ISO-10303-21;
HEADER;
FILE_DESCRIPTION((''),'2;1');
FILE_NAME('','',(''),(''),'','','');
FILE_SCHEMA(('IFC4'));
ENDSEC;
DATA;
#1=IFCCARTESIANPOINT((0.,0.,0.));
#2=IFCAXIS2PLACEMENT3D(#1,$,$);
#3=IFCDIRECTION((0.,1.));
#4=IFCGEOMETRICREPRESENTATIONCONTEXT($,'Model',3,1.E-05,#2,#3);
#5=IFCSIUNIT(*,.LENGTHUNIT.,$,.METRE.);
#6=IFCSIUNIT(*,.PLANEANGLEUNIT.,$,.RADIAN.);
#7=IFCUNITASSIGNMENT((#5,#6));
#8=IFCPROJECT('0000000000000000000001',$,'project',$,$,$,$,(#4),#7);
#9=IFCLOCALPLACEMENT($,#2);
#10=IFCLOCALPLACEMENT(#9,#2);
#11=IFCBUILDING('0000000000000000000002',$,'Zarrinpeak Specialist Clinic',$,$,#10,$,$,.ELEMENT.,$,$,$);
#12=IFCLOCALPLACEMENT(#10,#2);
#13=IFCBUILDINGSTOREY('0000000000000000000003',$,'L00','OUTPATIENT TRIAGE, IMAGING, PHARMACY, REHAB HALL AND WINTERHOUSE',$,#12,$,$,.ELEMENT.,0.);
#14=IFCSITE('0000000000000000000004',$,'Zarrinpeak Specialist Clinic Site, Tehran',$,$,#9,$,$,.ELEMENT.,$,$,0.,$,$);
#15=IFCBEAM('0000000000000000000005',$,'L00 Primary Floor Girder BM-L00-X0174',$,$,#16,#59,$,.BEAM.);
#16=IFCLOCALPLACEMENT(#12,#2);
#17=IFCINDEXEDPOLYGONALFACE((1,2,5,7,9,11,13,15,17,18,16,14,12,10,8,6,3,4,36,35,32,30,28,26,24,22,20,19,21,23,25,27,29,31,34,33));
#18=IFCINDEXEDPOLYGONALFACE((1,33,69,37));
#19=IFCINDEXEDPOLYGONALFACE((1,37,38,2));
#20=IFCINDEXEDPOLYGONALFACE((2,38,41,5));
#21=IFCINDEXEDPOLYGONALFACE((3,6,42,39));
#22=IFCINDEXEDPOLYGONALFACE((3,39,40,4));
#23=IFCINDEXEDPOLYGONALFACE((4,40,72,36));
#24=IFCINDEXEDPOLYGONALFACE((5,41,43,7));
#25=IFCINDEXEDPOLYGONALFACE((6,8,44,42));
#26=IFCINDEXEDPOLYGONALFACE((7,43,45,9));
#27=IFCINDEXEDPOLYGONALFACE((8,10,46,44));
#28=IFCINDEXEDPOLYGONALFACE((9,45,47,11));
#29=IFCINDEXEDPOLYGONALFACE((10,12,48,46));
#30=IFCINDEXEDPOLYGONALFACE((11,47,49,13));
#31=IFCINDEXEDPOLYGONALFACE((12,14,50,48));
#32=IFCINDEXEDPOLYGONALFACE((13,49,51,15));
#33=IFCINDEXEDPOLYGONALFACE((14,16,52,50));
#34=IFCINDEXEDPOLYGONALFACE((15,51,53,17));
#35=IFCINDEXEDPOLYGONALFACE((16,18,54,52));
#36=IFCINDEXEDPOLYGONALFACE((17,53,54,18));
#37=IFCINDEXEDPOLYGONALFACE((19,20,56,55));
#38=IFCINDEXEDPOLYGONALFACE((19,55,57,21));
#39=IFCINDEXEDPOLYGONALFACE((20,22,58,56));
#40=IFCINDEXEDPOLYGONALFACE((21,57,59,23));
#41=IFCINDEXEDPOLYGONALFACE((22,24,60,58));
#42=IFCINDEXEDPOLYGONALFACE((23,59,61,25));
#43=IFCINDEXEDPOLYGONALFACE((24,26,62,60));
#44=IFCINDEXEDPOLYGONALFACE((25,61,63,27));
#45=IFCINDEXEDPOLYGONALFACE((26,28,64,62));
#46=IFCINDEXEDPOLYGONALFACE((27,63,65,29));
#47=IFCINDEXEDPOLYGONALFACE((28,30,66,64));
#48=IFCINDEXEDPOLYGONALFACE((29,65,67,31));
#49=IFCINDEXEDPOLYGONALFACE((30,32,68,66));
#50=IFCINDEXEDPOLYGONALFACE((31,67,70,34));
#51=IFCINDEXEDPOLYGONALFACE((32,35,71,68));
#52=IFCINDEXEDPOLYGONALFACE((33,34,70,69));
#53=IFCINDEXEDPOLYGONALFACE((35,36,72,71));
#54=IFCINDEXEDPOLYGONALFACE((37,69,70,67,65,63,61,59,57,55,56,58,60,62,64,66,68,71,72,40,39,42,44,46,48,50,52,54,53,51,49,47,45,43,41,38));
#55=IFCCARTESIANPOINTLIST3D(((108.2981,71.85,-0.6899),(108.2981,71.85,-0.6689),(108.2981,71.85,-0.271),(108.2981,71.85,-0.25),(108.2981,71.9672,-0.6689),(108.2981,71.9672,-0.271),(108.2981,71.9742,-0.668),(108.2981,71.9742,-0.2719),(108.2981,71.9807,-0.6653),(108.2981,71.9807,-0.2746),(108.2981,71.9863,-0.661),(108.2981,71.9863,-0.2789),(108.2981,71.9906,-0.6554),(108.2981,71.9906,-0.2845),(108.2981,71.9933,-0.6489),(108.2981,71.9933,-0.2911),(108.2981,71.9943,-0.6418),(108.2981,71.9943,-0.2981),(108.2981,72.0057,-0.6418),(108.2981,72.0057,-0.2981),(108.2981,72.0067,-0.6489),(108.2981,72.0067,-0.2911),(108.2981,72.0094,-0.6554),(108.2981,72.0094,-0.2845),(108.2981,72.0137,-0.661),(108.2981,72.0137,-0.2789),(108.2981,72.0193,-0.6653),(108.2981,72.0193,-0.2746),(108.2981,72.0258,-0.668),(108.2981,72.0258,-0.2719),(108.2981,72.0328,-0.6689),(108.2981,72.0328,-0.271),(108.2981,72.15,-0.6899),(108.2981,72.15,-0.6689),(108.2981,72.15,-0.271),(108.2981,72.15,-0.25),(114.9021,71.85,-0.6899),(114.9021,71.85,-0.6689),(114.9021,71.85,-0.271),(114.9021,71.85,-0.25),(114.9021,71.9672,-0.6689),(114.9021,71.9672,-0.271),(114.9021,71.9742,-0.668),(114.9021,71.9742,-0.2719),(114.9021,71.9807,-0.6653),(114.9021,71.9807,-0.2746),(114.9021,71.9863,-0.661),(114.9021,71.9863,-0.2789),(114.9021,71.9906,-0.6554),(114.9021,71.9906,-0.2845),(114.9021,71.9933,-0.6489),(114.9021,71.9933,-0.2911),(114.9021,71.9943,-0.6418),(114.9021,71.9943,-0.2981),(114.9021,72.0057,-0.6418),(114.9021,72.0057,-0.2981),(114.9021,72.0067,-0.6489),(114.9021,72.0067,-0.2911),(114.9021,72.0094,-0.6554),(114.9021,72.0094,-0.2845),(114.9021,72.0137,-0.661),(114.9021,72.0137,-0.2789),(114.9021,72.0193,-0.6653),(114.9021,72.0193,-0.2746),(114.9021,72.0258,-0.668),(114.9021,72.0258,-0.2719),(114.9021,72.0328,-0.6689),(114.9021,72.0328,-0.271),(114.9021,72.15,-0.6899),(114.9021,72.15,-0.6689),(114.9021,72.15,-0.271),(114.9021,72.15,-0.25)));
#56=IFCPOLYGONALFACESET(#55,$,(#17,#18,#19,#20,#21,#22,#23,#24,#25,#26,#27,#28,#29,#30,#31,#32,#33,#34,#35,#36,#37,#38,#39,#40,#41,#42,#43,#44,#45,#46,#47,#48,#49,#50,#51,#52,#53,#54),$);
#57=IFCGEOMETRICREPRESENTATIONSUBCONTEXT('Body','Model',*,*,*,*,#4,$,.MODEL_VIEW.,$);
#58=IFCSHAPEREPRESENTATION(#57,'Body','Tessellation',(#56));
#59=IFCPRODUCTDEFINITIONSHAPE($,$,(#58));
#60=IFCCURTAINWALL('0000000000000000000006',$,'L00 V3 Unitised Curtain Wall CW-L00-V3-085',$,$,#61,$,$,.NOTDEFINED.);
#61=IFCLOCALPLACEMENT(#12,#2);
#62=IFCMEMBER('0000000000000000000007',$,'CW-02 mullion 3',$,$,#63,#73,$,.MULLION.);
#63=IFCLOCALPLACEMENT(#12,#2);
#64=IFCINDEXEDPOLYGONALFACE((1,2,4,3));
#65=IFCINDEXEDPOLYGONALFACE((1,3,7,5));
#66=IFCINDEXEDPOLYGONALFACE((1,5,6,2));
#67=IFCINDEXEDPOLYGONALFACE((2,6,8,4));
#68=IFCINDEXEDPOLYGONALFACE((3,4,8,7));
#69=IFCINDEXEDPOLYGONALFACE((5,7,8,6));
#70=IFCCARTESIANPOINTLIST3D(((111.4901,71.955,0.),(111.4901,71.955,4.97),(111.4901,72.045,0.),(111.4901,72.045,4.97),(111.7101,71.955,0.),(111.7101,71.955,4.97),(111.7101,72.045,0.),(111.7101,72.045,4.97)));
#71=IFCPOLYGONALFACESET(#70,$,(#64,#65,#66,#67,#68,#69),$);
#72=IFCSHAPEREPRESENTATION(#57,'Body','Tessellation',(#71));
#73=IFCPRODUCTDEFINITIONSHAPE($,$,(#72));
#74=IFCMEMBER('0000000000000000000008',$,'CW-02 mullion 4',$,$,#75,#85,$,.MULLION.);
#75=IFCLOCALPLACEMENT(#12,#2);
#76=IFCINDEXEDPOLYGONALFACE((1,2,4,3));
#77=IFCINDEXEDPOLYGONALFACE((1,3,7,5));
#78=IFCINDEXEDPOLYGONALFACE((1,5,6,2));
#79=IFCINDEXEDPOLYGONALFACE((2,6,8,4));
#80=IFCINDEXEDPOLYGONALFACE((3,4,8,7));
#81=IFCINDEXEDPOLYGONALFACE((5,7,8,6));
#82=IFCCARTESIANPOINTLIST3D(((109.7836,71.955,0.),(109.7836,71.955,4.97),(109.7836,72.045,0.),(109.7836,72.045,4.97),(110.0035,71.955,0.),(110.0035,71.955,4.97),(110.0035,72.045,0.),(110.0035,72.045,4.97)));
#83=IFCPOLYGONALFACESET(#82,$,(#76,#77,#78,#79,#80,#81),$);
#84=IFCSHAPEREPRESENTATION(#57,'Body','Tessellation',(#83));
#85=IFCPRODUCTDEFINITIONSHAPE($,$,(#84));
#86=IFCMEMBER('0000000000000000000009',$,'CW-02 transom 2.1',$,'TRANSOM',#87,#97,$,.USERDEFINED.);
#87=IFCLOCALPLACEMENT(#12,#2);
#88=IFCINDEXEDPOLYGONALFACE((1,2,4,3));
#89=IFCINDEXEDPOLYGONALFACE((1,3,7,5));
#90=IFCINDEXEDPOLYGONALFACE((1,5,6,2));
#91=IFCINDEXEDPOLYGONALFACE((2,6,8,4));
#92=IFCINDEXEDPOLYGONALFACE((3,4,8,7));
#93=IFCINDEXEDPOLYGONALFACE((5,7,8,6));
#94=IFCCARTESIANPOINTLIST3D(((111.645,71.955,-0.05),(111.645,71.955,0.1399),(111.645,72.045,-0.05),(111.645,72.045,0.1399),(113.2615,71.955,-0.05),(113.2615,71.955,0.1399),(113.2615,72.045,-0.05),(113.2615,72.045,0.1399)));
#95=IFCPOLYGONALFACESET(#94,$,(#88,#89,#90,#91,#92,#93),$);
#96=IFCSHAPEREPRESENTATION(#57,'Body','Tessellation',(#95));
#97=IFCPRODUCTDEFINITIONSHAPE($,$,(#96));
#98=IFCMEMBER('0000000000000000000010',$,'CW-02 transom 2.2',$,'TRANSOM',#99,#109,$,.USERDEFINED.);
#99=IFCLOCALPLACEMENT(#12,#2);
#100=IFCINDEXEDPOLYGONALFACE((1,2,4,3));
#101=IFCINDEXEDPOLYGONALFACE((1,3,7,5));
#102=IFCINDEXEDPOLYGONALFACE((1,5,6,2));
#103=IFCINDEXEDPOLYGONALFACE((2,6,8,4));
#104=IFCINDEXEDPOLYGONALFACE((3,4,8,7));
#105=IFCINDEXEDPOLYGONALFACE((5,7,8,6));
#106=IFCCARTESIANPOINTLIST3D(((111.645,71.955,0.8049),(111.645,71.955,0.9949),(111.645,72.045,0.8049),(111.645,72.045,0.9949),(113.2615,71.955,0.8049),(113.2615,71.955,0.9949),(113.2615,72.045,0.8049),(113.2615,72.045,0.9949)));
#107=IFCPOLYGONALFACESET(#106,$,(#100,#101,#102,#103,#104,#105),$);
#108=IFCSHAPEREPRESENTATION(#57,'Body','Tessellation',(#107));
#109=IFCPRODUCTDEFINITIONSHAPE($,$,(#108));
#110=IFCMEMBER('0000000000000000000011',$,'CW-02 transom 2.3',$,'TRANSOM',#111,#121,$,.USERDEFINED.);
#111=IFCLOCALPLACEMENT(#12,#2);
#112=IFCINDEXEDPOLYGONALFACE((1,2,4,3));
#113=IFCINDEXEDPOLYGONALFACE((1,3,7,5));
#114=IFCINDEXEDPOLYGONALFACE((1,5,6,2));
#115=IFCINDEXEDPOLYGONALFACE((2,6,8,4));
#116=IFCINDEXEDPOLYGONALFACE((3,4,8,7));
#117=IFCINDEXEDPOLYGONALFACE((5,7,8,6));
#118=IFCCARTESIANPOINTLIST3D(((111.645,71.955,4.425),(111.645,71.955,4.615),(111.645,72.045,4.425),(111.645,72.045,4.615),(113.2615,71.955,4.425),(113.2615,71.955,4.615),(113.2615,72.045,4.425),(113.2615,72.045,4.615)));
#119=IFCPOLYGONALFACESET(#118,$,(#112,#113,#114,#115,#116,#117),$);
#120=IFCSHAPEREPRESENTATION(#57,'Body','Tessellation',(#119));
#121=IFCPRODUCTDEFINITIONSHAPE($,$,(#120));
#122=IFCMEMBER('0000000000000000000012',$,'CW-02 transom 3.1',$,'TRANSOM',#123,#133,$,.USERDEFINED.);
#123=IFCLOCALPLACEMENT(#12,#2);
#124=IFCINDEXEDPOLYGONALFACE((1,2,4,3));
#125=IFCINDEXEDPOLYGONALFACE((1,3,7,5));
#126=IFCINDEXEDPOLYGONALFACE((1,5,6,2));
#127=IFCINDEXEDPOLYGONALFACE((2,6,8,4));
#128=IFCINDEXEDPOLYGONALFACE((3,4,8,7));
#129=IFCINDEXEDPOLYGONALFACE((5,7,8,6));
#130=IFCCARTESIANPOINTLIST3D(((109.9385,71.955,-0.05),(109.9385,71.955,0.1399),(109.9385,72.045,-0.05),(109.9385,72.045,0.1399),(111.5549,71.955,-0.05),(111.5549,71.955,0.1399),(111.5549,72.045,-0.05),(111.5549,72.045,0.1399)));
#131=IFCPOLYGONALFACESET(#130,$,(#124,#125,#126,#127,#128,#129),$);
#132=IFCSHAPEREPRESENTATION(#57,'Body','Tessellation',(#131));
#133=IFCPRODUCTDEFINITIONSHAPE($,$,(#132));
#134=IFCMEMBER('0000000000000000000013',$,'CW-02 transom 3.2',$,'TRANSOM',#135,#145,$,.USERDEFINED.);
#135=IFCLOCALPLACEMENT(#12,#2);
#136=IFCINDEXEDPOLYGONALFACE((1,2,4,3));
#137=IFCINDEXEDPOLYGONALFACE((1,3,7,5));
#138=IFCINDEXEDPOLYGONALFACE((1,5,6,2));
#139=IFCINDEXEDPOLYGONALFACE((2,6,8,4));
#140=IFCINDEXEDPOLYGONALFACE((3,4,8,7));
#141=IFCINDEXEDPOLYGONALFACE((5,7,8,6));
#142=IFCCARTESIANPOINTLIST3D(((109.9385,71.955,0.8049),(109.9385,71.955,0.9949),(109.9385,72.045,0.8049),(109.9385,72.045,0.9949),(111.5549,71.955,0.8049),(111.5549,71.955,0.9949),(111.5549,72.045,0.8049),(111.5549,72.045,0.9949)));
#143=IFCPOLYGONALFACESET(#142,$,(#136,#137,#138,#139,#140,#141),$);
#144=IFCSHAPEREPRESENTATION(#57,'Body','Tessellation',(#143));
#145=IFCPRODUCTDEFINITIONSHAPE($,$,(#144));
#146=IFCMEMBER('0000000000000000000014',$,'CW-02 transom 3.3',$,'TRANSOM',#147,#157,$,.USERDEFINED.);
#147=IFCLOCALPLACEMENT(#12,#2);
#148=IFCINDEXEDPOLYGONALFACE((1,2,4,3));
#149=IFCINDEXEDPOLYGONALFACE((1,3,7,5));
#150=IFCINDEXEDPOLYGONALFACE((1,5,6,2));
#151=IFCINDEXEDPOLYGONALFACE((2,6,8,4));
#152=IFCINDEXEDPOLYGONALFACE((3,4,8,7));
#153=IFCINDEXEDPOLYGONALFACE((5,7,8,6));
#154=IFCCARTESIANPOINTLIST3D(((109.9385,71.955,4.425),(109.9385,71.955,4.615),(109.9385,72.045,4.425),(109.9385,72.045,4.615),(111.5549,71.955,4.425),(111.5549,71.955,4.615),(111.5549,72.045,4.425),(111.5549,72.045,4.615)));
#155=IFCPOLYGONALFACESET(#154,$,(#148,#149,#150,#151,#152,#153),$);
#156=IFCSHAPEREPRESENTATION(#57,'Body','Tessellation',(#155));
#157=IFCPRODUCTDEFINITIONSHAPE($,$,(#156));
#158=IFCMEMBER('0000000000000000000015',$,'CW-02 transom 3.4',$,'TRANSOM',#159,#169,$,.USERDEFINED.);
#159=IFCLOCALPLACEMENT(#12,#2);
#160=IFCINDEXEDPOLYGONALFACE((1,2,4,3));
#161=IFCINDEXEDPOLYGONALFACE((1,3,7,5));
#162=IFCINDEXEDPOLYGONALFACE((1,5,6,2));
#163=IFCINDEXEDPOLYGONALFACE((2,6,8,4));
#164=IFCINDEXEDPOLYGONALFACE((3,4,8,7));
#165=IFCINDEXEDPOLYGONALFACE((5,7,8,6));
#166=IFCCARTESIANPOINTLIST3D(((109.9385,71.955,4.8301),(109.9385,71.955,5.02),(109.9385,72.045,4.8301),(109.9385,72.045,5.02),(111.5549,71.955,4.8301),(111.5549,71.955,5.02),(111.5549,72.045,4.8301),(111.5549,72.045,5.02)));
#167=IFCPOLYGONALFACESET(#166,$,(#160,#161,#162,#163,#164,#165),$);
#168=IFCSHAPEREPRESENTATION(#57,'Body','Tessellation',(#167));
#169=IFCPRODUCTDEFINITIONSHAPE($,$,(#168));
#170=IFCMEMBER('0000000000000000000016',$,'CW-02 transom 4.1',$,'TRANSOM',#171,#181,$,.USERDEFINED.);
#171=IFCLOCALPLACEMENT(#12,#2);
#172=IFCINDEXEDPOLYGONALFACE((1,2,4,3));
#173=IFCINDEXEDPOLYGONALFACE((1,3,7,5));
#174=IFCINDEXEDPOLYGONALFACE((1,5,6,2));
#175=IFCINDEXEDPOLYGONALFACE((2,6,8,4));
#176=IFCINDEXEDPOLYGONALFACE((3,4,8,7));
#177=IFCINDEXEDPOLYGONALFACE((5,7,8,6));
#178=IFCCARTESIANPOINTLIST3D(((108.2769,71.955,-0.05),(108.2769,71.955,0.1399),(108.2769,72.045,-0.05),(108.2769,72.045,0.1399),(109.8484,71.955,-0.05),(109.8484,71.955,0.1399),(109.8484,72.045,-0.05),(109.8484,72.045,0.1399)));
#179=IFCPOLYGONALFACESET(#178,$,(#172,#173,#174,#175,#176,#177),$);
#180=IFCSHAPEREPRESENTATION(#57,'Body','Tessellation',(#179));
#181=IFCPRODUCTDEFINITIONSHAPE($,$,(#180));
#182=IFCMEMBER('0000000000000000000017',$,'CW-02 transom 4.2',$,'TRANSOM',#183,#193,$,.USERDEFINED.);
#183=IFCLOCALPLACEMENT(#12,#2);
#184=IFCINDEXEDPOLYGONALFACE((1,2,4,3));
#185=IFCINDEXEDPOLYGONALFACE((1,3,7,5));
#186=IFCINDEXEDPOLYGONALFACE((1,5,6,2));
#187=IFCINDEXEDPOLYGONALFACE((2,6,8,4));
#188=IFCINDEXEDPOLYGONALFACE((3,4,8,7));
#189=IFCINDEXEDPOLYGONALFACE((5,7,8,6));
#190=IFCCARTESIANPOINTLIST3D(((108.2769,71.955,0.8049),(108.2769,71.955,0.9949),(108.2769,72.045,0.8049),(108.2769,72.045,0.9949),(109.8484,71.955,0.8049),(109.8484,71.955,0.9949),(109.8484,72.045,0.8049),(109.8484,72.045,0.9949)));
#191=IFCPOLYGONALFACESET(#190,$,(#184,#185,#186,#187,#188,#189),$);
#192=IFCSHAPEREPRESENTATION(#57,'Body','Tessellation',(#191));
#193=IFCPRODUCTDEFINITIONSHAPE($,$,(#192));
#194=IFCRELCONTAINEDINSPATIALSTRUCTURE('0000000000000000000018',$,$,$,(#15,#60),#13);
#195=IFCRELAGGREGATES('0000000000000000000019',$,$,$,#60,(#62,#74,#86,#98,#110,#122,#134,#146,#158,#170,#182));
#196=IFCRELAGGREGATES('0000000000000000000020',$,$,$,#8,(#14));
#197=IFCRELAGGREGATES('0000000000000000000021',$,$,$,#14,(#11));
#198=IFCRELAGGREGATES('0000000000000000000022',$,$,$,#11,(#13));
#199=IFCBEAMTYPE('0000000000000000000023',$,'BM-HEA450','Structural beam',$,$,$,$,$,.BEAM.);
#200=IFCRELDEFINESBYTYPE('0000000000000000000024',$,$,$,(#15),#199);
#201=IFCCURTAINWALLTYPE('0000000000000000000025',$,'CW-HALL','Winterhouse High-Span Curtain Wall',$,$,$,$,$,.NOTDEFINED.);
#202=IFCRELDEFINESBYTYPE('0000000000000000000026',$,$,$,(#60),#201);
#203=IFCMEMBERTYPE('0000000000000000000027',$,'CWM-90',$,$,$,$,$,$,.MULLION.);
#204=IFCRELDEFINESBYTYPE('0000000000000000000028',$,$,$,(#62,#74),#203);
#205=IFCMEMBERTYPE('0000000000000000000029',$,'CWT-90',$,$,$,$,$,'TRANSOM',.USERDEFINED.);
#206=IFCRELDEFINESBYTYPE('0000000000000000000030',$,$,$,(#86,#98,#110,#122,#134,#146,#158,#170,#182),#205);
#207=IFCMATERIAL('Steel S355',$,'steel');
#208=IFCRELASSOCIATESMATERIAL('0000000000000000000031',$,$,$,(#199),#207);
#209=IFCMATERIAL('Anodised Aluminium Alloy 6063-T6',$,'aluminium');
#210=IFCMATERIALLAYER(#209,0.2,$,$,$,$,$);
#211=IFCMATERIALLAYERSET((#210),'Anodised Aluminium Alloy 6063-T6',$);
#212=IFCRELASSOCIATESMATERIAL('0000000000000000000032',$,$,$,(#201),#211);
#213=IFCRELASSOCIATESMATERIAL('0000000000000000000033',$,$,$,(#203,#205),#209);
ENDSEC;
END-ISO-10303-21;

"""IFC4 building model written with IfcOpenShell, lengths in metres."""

from ifc_helpers import new_model, si_unit, direction, frame, origin, origin_2d, place, context, subcontext, project, spatial, rectangle, i_section, extrude, material, layer, layer_set, material_profile, profile_set, type_object, element, aggregate, save


model = new_model("IFC4")

# Units and contexts
model_context = context("Model", 3, precision=1e-05, world=origin(), true_north=direction((0.0, 1.0)))
body_context = subcontext(model_context, "Body", "Model", "MODEL_VIEW")
ifc_project = project(units=[si_unit("LENGTHUNIT", "METRE"), si_unit("PLANEANGLEUNIT", "RADIAN")], contexts=[model_context])

# Site, building, storey
site_placement = place(None, origin())
site = spatial("IfcSite", under=ifc_project, at=site_placement, Name="Zarrinpeak Specialist Clinic Site, Tehran", CompositionType="ELEMENT", RefElevation=0.0)
building_placement = place(site_placement, origin())
building = spatial("IfcBuilding", under=site, at=building_placement, Name="Zarrinpeak Specialist Clinic", CompositionType="ELEMENT")
storey_placement = place(building_placement, origin())
storey = spatial("IfcBuildingStorey", under=building, at=storey_placement, Name="L00", Description="OUTPATIENT TRIAGE, IMAGING, PHARMACY, REHAB HALL AND WINTERHOUSE", CompositionType="ELEMENT", Elevation=0.0)

# Beam
ifc_material_1 = material(Name="Steel S355", Category="steel")
ifc_material_profile_1 = material_profile(ifc_material_1, i_section(OverallWidth=0.3, OverallDepth=0.4399, WebThickness=0.0115, FlangeThickness=0.021, FilletRadius=0.0271, at=origin_2d()), Name="HEA 450")
ifc_profile_set_1 = profile_set([ifc_material_profile_1], Name="Steel S355")
beam_type = type_object("IfcBeamType", Name="BM-HEA450", Description="Structural beam", PredefinedType="BEAM", material=ifc_profile_set_1)
beam_placement = place(storey_placement, frame((108.2981, 72.0, -0.47), z_axis=(1.0, 0.0, 0.0), x_axis=(0.0, 1.0, 0.0)))
element("IfcBeam", 1, at=beam_placement, inside=storey, type_object=beam_type, Name="L00 Primary Floor Girder BM-L00-X0174", PredefinedType="BEAM", context=body_context, shape_type="SweptSolid", body=[
    extrude(i_section(OverallWidth=0.3, OverallDepth=0.4399, WebThickness=0.0115, FlangeThickness=0.021, FilletRadius=0.0271, at=origin_2d()), origin(), (0.0, 0.0, 1.0), 6.604),
])

# Curtain wall, members
ifc_material_2 = material(Name="Anodised Aluminium Alloy 6063-T6", Category="aluminium")
ifc_layer_1 = layer(ifc_material_2, 0.2)
ifc_layer_set_1 = layer_set([ifc_layer_1], Name="Anodised Aluminium Alloy 6063-T6")
curtain_wall_type = type_object("IfcCurtainWallType", Name="CW-HALL", Description="Winterhouse High-Span Curtain Wall", PredefinedType="NOTDEFINED", material=ifc_layer_set_1)
curtain_wall_placement = place(storey_placement, origin())
curtain_wall = element("IfcCurtainWall", 2, at=curtain_wall_placement, inside=storey, type_object=curtain_wall_type, Name="L00 V3 Unitised Curtain Wall CW-L00-V3-085", PredefinedType="NOTDEFINED")
ifc_material_profile_2 = material_profile(ifc_material_2, rectangle(XDim=0.0901, YDim=0.22, at=origin_2d()), Name="ALU 90x220")
ifc_profile_set_2 = profile_set([ifc_material_profile_2], Name="Anodised Aluminium Alloy 6063-T6")
member_type_1 = type_object("IfcMemberType", Name="CWM-90", PredefinedType="MULLION", material=ifc_profile_set_2)
member_1_placement = place(storey_placement, frame((111.6001, 72.0, 0.0), z_axis=(0.0, 0.0, 1.0), x_axis=(0.0, -1.0, 0.0)))
member_1 = element("IfcMember", 3, at=member_1_placement, type_object=member_type_1, Name="CW-02 mullion 3", PredefinedType="MULLION", context=body_context, shape_type="SweptSolid", body=[
    extrude(rectangle(XDim=0.0901, YDim=0.22, at=origin_2d()), origin(), (0.0, 0.0, 1.0), 4.97),
])
member_2_placement = place(storey_placement, frame((109.8936, 72.0, 0.0), z_axis=(0.0, 0.0, 1.0), x_axis=(0.0, -1.0, 0.0)))
member_2 = element("IfcMember", 4, at=member_2_placement, type_object=member_type_1, Name="CW-02 mullion 4", PredefinedType="MULLION", context=body_context, shape_type="SweptSolid", body=[
    extrude(rectangle(XDim=0.0901, YDim=0.22, at=origin_2d()), origin(), (0.0, 0.0, 1.0), 4.97),
])
ifc_material_profile_3 = material_profile(ifc_material_2, rectangle(XDim=0.0901, YDim=0.1899, at=origin_2d()), Name="ALU 90x190")
ifc_profile_set_3 = profile_set([ifc_material_profile_3], Name="Anodised Aluminium Alloy 6063-T6")
member_type_2 = type_object("IfcMemberType", Name="CWT-90", ElementType="TRANSOM", PredefinedType="USERDEFINED", material=ifc_profile_set_3)
member_3_placement = place(storey_placement, frame((113.2615, 72.0, 0.0449), z_axis=(-1.0, 0.0, 0.0), x_axis=(0.0, -1.0, 0.0)))
member_3 = element("IfcMember", 5, at=member_3_placement, type_object=member_type_2, Name="CW-02 transom 2.1", ObjectType="TRANSOM", PredefinedType="USERDEFINED", context=body_context, shape_type="SweptSolid", body=[
    extrude(rectangle(XDim=0.0901, YDim=0.1899, at=origin_2d()), origin(), (0.0, 0.0, 1.0), 1.6165),
])
member_4_placement = place(storey_placement, frame((113.2615, 72.0, 0.8999), z_axis=(-1.0, 0.0, 0.0), x_axis=(0.0, -1.0, 0.0)))
member_4 = element("IfcMember", 6, at=member_4_placement, type_object=member_type_2, Name="CW-02 transom 2.2", ObjectType="TRANSOM", PredefinedType="USERDEFINED", context=body_context, shape_type="SweptSolid", body=[
    extrude(rectangle(XDim=0.0901, YDim=0.1899, at=origin_2d()), origin(), (0.0, 0.0, 1.0), 1.6165),
])
member_5_placement = place(storey_placement, frame((113.2615, 72.0, 4.52), z_axis=(-1.0, 0.0, 0.0), x_axis=(0.0, -1.0, 0.0)))
member_5 = element("IfcMember", 7, at=member_5_placement, type_object=member_type_2, Name="CW-02 transom 2.3", ObjectType="TRANSOM", PredefinedType="USERDEFINED", context=body_context, shape_type="SweptSolid", body=[
    extrude(rectangle(XDim=0.0901, YDim=0.1899, at=origin_2d()), origin(), (0.0, 0.0, 1.0), 1.6165),
])
member_6_placement = place(storey_placement, frame((111.5549, 72.0, 0.0449), z_axis=(-1.0, 0.0, 0.0), x_axis=(0.0, -1.0, 0.0)))
member_6 = element("IfcMember", 8, at=member_6_placement, type_object=member_type_2, Name="CW-02 transom 3.1", ObjectType="TRANSOM", PredefinedType="USERDEFINED", context=body_context, shape_type="SweptSolid", body=[
    extrude(rectangle(XDim=0.0901, YDim=0.1899, at=origin_2d()), origin(), (0.0, 0.0, 1.0), 1.6165),
])
member_7_placement = place(storey_placement, frame((111.5549, 72.0, 0.8999), z_axis=(-1.0, 0.0, 0.0), x_axis=(0.0, -1.0, 0.0)))
member_7 = element("IfcMember", 9, at=member_7_placement, type_object=member_type_2, Name="CW-02 transom 3.2", ObjectType="TRANSOM", PredefinedType="USERDEFINED", context=body_context, shape_type="SweptSolid", body=[
    extrude(rectangle(XDim=0.0901, YDim=0.1899, at=origin_2d()), origin(), (0.0, 0.0, 1.0), 1.6165),
])
member_8_placement = place(storey_placement, frame((111.5549, 72.0, 4.52), z_axis=(-1.0, 0.0, 0.0), x_axis=(0.0, -1.0, 0.0)))
member_8 = element("IfcMember", 10, at=member_8_placement, type_object=member_type_2, Name="CW-02 transom 3.3", ObjectType="TRANSOM", PredefinedType="USERDEFINED", context=body_context, shape_type="SweptSolid", body=[
    extrude(rectangle(XDim=0.0901, YDim=0.1899, at=origin_2d()), origin(), (0.0, 0.0, 1.0), 1.6165),
])
member_9_placement = place(storey_placement, frame((111.5549, 72.0, 4.925), z_axis=(-1.0, 0.0, 0.0), x_axis=(0.0, -1.0, 0.0)))
member_9 = element("IfcMember", 11, at=member_9_placement, type_object=member_type_2, Name="CW-02 transom 3.4", ObjectType="TRANSOM", PredefinedType="USERDEFINED", context=body_context, shape_type="SweptSolid", body=[
    extrude(rectangle(XDim=0.0901, YDim=0.1899, at=origin_2d()), origin(), (0.0, 0.0, 1.0), 1.6165),
])
member_10_placement = place(storey_placement, frame((109.8484, 72.0, 0.0449), z_axis=(-1.0, 0.0, 0.0), x_axis=(0.0, -1.0, 0.0)))
member_10 = element("IfcMember", 12, at=member_10_placement, type_object=member_type_2, Name="CW-02 transom 4.1", ObjectType="TRANSOM", PredefinedType="USERDEFINED", context=body_context, shape_type="SweptSolid", body=[
    extrude(rectangle(XDim=0.0901, YDim=0.1899, at=origin_2d()), origin(), (0.0, 0.0, 1.0), 1.5715),
])
member_11_placement = place(storey_placement, frame((109.8484, 72.0, 0.8999), z_axis=(-1.0, 0.0, 0.0), x_axis=(0.0, -1.0, 0.0)))
member_11 = element("IfcMember", 13, at=member_11_placement, type_object=member_type_2, Name="CW-02 transom 4.2", ObjectType="TRANSOM", PredefinedType="USERDEFINED", context=body_context, shape_type="SweptSolid", body=[
    extrude(rectangle(XDim=0.0901, YDim=0.1899, at=origin_2d()), origin(), (0.0, 0.0, 1.0), 1.5715),
])
aggregate(curtain_wall, [member_1, member_2, member_3, member_4, member_5, member_6, member_7, member_8, member_9, member_10, member_11])

save(model, "model.ifc")
